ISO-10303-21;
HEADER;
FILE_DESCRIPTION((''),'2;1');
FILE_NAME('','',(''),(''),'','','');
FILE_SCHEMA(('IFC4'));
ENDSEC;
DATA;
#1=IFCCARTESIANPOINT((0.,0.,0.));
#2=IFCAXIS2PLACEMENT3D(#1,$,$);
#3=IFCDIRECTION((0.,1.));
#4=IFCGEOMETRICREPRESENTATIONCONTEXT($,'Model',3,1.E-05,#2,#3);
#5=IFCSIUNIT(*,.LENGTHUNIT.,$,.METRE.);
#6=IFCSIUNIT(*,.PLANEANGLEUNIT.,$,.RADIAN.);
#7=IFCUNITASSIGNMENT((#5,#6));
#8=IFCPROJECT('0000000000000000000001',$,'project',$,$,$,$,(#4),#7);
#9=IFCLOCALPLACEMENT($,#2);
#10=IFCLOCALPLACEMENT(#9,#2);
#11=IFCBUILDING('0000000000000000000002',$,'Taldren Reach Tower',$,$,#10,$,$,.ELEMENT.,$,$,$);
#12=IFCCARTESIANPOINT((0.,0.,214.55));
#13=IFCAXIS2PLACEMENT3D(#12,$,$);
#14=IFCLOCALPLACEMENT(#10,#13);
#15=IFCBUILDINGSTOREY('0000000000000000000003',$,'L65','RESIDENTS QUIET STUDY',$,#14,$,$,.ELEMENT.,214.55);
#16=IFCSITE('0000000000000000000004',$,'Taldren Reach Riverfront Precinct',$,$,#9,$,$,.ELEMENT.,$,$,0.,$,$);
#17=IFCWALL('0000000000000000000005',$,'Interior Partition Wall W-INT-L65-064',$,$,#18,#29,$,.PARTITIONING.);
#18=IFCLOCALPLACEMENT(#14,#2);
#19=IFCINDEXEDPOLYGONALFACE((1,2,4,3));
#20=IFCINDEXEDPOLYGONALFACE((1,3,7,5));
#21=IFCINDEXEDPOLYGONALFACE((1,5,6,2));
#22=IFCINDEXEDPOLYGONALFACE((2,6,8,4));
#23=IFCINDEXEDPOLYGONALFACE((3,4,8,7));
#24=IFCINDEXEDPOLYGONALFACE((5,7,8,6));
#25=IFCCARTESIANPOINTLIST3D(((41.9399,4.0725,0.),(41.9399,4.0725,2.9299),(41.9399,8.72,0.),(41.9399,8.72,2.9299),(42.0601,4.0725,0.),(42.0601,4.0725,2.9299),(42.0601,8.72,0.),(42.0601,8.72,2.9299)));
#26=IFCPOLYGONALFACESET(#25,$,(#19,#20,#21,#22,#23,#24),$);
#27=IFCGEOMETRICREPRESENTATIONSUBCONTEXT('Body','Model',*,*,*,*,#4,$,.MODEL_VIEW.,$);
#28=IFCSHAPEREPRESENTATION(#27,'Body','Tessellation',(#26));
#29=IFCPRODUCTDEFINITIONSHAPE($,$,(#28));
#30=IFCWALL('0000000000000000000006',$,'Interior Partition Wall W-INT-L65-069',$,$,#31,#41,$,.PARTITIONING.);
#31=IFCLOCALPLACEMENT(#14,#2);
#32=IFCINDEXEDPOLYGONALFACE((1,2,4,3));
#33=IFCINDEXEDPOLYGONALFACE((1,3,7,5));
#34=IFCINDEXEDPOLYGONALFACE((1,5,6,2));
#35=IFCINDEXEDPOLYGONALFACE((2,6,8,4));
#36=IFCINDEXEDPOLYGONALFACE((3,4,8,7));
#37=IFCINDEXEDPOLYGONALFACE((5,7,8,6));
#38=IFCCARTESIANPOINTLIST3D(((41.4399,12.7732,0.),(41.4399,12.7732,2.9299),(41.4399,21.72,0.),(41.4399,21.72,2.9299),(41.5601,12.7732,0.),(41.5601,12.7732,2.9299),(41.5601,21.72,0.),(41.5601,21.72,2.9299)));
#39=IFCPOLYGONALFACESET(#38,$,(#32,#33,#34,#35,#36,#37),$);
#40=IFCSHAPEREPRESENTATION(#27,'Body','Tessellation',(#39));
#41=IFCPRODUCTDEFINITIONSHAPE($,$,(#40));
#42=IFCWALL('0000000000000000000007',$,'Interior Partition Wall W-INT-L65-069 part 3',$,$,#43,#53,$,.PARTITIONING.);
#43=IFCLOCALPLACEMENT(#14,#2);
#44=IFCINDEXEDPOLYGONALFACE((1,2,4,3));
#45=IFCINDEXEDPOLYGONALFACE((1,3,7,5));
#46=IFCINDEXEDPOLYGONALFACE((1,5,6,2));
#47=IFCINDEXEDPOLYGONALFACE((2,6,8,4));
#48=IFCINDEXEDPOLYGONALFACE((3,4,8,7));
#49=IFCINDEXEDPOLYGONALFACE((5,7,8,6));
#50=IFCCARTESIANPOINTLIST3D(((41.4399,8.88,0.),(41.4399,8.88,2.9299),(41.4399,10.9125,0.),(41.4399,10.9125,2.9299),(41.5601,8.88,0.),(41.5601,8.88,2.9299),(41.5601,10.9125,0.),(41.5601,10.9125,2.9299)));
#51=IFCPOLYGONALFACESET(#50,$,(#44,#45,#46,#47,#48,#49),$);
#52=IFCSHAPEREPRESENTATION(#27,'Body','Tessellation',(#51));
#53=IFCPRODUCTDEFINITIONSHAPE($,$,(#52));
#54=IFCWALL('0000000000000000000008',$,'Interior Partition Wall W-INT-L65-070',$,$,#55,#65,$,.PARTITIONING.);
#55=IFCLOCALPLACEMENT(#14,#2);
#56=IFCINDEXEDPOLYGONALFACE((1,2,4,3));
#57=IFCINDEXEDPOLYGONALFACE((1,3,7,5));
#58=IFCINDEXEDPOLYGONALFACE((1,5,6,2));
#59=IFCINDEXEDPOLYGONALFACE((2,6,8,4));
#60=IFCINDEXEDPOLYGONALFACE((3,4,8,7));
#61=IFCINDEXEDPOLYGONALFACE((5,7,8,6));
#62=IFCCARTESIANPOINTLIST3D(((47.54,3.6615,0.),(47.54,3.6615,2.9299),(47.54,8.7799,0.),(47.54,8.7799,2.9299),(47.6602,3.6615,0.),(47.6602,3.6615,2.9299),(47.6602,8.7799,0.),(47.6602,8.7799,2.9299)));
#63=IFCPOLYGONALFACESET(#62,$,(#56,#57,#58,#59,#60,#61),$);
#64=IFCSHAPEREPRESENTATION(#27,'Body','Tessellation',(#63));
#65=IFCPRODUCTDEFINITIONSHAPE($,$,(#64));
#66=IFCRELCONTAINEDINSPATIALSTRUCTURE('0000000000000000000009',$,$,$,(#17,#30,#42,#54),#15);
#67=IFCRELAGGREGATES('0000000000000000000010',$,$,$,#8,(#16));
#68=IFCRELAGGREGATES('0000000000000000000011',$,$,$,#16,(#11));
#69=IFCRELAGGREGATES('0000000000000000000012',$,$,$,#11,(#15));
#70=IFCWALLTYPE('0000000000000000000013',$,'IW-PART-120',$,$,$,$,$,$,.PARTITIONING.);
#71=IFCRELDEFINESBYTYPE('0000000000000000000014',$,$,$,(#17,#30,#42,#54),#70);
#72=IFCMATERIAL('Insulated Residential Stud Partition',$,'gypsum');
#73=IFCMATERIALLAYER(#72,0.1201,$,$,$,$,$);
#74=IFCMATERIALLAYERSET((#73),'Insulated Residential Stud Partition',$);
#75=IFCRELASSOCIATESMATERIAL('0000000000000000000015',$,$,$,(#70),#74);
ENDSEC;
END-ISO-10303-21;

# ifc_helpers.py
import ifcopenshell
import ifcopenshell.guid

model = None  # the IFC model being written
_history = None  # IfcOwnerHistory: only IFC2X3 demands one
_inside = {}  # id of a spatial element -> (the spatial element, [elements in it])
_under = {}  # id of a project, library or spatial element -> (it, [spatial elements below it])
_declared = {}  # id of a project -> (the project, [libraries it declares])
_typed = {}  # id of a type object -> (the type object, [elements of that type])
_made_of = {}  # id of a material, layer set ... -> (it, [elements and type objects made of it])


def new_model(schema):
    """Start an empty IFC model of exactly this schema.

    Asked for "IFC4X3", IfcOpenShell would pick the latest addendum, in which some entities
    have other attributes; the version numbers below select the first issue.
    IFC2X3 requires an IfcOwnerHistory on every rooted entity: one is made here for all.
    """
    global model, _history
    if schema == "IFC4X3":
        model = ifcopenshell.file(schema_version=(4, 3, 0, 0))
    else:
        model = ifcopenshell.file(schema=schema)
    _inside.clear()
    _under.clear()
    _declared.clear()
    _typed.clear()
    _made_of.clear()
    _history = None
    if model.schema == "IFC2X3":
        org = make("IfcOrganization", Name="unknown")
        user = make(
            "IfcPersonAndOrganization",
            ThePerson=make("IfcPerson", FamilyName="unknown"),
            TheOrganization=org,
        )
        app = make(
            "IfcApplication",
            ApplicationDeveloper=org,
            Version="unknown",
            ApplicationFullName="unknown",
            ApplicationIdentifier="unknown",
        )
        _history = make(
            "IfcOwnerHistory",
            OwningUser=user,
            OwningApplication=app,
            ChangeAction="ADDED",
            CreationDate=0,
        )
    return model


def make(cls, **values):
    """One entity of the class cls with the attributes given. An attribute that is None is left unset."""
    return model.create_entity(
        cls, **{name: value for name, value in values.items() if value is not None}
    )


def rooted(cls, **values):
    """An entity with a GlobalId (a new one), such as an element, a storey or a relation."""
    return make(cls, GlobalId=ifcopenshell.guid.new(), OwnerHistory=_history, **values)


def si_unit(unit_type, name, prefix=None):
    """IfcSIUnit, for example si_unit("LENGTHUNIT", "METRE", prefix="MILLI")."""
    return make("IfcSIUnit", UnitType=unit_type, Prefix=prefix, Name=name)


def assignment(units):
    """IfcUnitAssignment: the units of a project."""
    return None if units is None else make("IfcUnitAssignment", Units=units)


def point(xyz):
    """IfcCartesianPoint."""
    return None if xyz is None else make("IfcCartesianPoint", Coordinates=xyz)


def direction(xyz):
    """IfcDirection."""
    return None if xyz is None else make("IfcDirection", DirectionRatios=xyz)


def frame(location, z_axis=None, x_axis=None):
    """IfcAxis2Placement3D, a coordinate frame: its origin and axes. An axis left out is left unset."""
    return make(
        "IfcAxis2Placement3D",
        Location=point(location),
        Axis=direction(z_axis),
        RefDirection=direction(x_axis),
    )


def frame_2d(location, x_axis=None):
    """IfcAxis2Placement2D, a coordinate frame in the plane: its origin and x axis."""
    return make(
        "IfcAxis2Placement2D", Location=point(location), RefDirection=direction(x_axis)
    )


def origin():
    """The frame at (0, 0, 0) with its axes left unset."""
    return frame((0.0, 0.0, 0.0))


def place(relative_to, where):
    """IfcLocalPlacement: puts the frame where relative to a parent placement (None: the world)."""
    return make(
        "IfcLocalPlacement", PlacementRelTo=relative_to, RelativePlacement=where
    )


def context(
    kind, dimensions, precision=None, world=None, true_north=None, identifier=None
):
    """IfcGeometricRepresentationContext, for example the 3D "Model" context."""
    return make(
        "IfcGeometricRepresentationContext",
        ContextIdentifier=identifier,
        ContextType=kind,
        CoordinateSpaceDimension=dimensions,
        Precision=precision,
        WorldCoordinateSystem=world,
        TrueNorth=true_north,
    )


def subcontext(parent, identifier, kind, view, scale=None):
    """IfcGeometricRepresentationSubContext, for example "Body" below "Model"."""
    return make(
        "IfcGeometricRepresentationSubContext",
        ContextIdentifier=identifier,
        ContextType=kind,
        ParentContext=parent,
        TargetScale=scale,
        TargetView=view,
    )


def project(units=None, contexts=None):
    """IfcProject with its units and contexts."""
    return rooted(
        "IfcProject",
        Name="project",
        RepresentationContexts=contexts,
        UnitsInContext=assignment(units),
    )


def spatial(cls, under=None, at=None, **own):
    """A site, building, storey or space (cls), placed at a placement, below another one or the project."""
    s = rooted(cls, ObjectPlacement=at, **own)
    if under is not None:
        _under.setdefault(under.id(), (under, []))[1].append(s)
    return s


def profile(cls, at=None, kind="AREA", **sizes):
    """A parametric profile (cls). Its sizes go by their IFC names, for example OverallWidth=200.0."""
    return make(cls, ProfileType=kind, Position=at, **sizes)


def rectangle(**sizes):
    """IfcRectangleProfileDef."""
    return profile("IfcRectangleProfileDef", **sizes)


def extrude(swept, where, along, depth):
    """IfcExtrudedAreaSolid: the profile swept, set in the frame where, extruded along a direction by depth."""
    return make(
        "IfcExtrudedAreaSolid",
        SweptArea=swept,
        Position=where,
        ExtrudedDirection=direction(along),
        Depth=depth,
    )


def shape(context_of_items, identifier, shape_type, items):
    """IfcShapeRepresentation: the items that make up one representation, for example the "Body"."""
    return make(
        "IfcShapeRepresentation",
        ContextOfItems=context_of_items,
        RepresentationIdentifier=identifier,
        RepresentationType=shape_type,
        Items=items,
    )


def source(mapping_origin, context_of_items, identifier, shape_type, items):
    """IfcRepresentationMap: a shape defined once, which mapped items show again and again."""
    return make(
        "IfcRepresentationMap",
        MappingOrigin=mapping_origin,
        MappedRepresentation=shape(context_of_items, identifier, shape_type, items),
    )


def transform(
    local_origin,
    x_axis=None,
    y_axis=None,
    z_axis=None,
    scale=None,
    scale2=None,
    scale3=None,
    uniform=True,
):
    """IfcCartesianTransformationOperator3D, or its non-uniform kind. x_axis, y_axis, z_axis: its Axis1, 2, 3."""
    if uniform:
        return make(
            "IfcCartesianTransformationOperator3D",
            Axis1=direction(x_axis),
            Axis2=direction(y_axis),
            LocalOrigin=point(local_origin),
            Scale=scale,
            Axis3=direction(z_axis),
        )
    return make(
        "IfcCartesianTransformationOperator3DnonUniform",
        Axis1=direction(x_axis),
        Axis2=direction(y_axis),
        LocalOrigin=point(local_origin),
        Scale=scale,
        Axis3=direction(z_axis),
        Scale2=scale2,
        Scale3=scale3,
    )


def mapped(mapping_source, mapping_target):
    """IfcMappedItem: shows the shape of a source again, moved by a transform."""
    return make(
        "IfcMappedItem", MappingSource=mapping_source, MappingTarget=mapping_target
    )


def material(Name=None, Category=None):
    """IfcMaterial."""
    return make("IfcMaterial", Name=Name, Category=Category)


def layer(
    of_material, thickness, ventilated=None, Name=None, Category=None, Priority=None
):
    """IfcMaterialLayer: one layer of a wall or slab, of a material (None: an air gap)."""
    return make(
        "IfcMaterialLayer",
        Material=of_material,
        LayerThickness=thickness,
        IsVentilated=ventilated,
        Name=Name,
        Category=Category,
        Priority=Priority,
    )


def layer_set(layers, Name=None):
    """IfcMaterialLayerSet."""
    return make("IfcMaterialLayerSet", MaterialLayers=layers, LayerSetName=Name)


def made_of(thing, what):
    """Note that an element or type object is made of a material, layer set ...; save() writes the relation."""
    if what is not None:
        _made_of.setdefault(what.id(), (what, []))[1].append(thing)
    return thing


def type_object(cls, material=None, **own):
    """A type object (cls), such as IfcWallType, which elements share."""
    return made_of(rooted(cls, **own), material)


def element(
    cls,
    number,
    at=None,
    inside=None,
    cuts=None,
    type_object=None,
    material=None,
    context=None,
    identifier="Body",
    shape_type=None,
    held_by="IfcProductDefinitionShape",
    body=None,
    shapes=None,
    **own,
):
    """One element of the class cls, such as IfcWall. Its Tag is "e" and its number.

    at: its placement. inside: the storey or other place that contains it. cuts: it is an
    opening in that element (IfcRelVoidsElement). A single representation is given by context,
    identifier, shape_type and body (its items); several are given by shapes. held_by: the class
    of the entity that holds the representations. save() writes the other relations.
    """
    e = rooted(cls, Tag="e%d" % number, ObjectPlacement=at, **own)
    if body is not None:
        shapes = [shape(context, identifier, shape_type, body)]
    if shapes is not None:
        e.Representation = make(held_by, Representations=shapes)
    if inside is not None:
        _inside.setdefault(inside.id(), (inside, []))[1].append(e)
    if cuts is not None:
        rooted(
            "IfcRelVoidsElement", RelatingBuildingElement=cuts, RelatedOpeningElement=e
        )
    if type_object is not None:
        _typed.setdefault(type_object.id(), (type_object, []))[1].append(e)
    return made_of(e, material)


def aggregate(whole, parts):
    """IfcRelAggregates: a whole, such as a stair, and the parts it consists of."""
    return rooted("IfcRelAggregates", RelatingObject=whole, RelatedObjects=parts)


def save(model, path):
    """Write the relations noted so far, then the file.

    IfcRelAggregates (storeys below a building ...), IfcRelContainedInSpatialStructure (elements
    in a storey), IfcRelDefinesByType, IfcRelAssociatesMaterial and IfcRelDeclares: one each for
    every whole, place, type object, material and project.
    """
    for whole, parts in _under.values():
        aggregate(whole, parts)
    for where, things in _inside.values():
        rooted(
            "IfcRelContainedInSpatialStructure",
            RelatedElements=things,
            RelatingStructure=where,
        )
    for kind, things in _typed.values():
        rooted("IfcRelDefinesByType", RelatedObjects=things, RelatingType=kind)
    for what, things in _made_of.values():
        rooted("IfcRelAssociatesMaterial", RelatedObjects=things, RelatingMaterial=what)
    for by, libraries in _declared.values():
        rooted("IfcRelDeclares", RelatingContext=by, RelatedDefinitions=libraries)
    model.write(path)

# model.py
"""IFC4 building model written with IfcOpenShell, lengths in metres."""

from ifc_helpers import new_model, si_unit, direction, frame, frame_2d, origin, place, context, subcontext, project, spatial, rectangle, extrude, source, transform, mapped, material, layer, layer_set, type_object, element, save


model = new_model("IFC4")

# Units and contexts
model_context = context("Model", 3, precision=1e-05, world=origin(), true_north=direction((0.0, 1.0)))
body_context = subcontext(model_context, "Body", "Model", "MODEL_VIEW")
ifc_project = project(units=[si_unit("LENGTHUNIT", "METRE"), si_unit("PLANEANGLEUNIT", "RADIAN")], contexts=[model_context])

# Site, building, storey
site_placement = place(None, origin())
site = spatial("IfcSite", under=ifc_project, at=site_placement, Name="Taldren Reach Riverfront Precinct", CompositionType="ELEMENT", RefElevation=0.0)
building_placement = place(site_placement, origin())
building = spatial("IfcBuilding", under=site, at=building_placement, Name="Taldren Reach Tower", CompositionType="ELEMENT")
storey_placement = place(building_placement, frame((0.0, 0.0, 214.55)))
storey = spatial("IfcBuildingStorey", under=building, at=storey_placement, Name="L65", Description="RESIDENTS QUIET STUDY", CompositionType="ELEMENT", Elevation=214.55)

# Shared definitions
ifc_material_1 = material(Name="Insulated Residential Stud Partition", Category="gypsum")
ifc_layer_1 = layer(ifc_material_1, 0.1201)
ifc_layer_set_1 = layer_set([ifc_layer_1], Name="Insulated Residential Stud Partition")
wall_type_1 = type_object("IfcWallType", Name="IW-PART-120", PredefinedType="PARTITIONING", material=ifc_layer_set_1)

# Walls
shared_shape_1 = source(origin(), body_context, "Body", "SweptSolid", [
    extrude(rectangle(XDim=4.6475, YDim=0.1201, at=frame_2d((2.3237, 0.0))), origin(), (0.0, 0.0, 1.0), 2.9299),
])
wall_1_placement = place(storey_placement, frame((42.0, 8.72, 0.0), z_axis=(0.0, 0.0, 1.0), x_axis=(0.0, -1.0, 0.0)))
element("IfcWall", 1, at=wall_1_placement, inside=storey, type_object=wall_type_1, Name="Interior Partition Wall W-INT-L65-064", PredefinedType="PARTITIONING", context=body_context, shape_type="MappedRepresentation", body=[
    mapped(shared_shape_1, transform((0.0, 0.0, 0.0), scale=1.0)),
])
shared_shape_2 = source(origin(), body_context, "Body", "SweptSolid", [
    extrude(rectangle(XDim=8.9468, YDim=0.1201, at=frame_2d((4.4734, 0.0))), origin(), (0.0, 0.0, 1.0), 2.9299),
])
wall_2_placement = place(storey_placement, frame((41.5, 21.72, 0.0), z_axis=(0.0, 0.0, 1.0), x_axis=(0.0, -1.0, 0.0)))
element("IfcWall", 2, at=wall_2_placement, inside=storey, type_object=wall_type_1, Name="Interior Partition Wall W-INT-L65-069", PredefinedType="PARTITIONING", context=body_context, shape_type="MappedRepresentation", body=[
    mapped(shared_shape_2, transform((0.0, 0.0, 0.0), scale=1.0)),
])
shared_shape_3 = source(origin(), body_context, "Body", "SweptSolid", [
    extrude(rectangle(XDim=2.0325, YDim=0.1201, at=frame_2d((1.0161, 0.0))), origin(), (0.0, 0.0, 1.0), 2.9299),
])
wall_3_placement = place(storey_placement, frame((41.5, 10.9124, 0.0), z_axis=(0.0, 0.0, 1.0), x_axis=(0.0, -1.0, 0.0)))
element("IfcWall", 3, at=wall_3_placement, inside=storey, type_object=wall_type_1, Name="Interior Partition Wall W-INT-L65-069 part 3", PredefinedType="PARTITIONING", context=body_context, shape_type="MappedRepresentation", body=[
    mapped(shared_shape_3, transform((0.0, 0.0, 0.0), scale=1.0)),
])
shared_shape_4 = source(origin(), body_context, "Body", "SweptSolid", [
    extrude(rectangle(XDim=5.1184, YDim=0.1201, at=frame_2d((2.5591, 0.0))), origin(), (0.0, 0.0, 1.0), 2.9299),
])
wall_4_placement = place(storey_placement, frame((47.6001, 8.7798, 0.0), z_axis=(0.0, 0.0, 1.0), x_axis=(0.0, -1.0, 0.0)))
element("IfcWall", 4, at=wall_4_placement, inside=storey, type_object=wall_type_1, Name="Interior Partition Wall W-INT-L65-070", PredefinedType="PARTITIONING", context=body_context, shape_type="MappedRepresentation", body=[
    mapped(shared_shape_4, transform((0.0, 0.0, 0.0), scale=1.0)),
])

save(model, "model.ifc")
